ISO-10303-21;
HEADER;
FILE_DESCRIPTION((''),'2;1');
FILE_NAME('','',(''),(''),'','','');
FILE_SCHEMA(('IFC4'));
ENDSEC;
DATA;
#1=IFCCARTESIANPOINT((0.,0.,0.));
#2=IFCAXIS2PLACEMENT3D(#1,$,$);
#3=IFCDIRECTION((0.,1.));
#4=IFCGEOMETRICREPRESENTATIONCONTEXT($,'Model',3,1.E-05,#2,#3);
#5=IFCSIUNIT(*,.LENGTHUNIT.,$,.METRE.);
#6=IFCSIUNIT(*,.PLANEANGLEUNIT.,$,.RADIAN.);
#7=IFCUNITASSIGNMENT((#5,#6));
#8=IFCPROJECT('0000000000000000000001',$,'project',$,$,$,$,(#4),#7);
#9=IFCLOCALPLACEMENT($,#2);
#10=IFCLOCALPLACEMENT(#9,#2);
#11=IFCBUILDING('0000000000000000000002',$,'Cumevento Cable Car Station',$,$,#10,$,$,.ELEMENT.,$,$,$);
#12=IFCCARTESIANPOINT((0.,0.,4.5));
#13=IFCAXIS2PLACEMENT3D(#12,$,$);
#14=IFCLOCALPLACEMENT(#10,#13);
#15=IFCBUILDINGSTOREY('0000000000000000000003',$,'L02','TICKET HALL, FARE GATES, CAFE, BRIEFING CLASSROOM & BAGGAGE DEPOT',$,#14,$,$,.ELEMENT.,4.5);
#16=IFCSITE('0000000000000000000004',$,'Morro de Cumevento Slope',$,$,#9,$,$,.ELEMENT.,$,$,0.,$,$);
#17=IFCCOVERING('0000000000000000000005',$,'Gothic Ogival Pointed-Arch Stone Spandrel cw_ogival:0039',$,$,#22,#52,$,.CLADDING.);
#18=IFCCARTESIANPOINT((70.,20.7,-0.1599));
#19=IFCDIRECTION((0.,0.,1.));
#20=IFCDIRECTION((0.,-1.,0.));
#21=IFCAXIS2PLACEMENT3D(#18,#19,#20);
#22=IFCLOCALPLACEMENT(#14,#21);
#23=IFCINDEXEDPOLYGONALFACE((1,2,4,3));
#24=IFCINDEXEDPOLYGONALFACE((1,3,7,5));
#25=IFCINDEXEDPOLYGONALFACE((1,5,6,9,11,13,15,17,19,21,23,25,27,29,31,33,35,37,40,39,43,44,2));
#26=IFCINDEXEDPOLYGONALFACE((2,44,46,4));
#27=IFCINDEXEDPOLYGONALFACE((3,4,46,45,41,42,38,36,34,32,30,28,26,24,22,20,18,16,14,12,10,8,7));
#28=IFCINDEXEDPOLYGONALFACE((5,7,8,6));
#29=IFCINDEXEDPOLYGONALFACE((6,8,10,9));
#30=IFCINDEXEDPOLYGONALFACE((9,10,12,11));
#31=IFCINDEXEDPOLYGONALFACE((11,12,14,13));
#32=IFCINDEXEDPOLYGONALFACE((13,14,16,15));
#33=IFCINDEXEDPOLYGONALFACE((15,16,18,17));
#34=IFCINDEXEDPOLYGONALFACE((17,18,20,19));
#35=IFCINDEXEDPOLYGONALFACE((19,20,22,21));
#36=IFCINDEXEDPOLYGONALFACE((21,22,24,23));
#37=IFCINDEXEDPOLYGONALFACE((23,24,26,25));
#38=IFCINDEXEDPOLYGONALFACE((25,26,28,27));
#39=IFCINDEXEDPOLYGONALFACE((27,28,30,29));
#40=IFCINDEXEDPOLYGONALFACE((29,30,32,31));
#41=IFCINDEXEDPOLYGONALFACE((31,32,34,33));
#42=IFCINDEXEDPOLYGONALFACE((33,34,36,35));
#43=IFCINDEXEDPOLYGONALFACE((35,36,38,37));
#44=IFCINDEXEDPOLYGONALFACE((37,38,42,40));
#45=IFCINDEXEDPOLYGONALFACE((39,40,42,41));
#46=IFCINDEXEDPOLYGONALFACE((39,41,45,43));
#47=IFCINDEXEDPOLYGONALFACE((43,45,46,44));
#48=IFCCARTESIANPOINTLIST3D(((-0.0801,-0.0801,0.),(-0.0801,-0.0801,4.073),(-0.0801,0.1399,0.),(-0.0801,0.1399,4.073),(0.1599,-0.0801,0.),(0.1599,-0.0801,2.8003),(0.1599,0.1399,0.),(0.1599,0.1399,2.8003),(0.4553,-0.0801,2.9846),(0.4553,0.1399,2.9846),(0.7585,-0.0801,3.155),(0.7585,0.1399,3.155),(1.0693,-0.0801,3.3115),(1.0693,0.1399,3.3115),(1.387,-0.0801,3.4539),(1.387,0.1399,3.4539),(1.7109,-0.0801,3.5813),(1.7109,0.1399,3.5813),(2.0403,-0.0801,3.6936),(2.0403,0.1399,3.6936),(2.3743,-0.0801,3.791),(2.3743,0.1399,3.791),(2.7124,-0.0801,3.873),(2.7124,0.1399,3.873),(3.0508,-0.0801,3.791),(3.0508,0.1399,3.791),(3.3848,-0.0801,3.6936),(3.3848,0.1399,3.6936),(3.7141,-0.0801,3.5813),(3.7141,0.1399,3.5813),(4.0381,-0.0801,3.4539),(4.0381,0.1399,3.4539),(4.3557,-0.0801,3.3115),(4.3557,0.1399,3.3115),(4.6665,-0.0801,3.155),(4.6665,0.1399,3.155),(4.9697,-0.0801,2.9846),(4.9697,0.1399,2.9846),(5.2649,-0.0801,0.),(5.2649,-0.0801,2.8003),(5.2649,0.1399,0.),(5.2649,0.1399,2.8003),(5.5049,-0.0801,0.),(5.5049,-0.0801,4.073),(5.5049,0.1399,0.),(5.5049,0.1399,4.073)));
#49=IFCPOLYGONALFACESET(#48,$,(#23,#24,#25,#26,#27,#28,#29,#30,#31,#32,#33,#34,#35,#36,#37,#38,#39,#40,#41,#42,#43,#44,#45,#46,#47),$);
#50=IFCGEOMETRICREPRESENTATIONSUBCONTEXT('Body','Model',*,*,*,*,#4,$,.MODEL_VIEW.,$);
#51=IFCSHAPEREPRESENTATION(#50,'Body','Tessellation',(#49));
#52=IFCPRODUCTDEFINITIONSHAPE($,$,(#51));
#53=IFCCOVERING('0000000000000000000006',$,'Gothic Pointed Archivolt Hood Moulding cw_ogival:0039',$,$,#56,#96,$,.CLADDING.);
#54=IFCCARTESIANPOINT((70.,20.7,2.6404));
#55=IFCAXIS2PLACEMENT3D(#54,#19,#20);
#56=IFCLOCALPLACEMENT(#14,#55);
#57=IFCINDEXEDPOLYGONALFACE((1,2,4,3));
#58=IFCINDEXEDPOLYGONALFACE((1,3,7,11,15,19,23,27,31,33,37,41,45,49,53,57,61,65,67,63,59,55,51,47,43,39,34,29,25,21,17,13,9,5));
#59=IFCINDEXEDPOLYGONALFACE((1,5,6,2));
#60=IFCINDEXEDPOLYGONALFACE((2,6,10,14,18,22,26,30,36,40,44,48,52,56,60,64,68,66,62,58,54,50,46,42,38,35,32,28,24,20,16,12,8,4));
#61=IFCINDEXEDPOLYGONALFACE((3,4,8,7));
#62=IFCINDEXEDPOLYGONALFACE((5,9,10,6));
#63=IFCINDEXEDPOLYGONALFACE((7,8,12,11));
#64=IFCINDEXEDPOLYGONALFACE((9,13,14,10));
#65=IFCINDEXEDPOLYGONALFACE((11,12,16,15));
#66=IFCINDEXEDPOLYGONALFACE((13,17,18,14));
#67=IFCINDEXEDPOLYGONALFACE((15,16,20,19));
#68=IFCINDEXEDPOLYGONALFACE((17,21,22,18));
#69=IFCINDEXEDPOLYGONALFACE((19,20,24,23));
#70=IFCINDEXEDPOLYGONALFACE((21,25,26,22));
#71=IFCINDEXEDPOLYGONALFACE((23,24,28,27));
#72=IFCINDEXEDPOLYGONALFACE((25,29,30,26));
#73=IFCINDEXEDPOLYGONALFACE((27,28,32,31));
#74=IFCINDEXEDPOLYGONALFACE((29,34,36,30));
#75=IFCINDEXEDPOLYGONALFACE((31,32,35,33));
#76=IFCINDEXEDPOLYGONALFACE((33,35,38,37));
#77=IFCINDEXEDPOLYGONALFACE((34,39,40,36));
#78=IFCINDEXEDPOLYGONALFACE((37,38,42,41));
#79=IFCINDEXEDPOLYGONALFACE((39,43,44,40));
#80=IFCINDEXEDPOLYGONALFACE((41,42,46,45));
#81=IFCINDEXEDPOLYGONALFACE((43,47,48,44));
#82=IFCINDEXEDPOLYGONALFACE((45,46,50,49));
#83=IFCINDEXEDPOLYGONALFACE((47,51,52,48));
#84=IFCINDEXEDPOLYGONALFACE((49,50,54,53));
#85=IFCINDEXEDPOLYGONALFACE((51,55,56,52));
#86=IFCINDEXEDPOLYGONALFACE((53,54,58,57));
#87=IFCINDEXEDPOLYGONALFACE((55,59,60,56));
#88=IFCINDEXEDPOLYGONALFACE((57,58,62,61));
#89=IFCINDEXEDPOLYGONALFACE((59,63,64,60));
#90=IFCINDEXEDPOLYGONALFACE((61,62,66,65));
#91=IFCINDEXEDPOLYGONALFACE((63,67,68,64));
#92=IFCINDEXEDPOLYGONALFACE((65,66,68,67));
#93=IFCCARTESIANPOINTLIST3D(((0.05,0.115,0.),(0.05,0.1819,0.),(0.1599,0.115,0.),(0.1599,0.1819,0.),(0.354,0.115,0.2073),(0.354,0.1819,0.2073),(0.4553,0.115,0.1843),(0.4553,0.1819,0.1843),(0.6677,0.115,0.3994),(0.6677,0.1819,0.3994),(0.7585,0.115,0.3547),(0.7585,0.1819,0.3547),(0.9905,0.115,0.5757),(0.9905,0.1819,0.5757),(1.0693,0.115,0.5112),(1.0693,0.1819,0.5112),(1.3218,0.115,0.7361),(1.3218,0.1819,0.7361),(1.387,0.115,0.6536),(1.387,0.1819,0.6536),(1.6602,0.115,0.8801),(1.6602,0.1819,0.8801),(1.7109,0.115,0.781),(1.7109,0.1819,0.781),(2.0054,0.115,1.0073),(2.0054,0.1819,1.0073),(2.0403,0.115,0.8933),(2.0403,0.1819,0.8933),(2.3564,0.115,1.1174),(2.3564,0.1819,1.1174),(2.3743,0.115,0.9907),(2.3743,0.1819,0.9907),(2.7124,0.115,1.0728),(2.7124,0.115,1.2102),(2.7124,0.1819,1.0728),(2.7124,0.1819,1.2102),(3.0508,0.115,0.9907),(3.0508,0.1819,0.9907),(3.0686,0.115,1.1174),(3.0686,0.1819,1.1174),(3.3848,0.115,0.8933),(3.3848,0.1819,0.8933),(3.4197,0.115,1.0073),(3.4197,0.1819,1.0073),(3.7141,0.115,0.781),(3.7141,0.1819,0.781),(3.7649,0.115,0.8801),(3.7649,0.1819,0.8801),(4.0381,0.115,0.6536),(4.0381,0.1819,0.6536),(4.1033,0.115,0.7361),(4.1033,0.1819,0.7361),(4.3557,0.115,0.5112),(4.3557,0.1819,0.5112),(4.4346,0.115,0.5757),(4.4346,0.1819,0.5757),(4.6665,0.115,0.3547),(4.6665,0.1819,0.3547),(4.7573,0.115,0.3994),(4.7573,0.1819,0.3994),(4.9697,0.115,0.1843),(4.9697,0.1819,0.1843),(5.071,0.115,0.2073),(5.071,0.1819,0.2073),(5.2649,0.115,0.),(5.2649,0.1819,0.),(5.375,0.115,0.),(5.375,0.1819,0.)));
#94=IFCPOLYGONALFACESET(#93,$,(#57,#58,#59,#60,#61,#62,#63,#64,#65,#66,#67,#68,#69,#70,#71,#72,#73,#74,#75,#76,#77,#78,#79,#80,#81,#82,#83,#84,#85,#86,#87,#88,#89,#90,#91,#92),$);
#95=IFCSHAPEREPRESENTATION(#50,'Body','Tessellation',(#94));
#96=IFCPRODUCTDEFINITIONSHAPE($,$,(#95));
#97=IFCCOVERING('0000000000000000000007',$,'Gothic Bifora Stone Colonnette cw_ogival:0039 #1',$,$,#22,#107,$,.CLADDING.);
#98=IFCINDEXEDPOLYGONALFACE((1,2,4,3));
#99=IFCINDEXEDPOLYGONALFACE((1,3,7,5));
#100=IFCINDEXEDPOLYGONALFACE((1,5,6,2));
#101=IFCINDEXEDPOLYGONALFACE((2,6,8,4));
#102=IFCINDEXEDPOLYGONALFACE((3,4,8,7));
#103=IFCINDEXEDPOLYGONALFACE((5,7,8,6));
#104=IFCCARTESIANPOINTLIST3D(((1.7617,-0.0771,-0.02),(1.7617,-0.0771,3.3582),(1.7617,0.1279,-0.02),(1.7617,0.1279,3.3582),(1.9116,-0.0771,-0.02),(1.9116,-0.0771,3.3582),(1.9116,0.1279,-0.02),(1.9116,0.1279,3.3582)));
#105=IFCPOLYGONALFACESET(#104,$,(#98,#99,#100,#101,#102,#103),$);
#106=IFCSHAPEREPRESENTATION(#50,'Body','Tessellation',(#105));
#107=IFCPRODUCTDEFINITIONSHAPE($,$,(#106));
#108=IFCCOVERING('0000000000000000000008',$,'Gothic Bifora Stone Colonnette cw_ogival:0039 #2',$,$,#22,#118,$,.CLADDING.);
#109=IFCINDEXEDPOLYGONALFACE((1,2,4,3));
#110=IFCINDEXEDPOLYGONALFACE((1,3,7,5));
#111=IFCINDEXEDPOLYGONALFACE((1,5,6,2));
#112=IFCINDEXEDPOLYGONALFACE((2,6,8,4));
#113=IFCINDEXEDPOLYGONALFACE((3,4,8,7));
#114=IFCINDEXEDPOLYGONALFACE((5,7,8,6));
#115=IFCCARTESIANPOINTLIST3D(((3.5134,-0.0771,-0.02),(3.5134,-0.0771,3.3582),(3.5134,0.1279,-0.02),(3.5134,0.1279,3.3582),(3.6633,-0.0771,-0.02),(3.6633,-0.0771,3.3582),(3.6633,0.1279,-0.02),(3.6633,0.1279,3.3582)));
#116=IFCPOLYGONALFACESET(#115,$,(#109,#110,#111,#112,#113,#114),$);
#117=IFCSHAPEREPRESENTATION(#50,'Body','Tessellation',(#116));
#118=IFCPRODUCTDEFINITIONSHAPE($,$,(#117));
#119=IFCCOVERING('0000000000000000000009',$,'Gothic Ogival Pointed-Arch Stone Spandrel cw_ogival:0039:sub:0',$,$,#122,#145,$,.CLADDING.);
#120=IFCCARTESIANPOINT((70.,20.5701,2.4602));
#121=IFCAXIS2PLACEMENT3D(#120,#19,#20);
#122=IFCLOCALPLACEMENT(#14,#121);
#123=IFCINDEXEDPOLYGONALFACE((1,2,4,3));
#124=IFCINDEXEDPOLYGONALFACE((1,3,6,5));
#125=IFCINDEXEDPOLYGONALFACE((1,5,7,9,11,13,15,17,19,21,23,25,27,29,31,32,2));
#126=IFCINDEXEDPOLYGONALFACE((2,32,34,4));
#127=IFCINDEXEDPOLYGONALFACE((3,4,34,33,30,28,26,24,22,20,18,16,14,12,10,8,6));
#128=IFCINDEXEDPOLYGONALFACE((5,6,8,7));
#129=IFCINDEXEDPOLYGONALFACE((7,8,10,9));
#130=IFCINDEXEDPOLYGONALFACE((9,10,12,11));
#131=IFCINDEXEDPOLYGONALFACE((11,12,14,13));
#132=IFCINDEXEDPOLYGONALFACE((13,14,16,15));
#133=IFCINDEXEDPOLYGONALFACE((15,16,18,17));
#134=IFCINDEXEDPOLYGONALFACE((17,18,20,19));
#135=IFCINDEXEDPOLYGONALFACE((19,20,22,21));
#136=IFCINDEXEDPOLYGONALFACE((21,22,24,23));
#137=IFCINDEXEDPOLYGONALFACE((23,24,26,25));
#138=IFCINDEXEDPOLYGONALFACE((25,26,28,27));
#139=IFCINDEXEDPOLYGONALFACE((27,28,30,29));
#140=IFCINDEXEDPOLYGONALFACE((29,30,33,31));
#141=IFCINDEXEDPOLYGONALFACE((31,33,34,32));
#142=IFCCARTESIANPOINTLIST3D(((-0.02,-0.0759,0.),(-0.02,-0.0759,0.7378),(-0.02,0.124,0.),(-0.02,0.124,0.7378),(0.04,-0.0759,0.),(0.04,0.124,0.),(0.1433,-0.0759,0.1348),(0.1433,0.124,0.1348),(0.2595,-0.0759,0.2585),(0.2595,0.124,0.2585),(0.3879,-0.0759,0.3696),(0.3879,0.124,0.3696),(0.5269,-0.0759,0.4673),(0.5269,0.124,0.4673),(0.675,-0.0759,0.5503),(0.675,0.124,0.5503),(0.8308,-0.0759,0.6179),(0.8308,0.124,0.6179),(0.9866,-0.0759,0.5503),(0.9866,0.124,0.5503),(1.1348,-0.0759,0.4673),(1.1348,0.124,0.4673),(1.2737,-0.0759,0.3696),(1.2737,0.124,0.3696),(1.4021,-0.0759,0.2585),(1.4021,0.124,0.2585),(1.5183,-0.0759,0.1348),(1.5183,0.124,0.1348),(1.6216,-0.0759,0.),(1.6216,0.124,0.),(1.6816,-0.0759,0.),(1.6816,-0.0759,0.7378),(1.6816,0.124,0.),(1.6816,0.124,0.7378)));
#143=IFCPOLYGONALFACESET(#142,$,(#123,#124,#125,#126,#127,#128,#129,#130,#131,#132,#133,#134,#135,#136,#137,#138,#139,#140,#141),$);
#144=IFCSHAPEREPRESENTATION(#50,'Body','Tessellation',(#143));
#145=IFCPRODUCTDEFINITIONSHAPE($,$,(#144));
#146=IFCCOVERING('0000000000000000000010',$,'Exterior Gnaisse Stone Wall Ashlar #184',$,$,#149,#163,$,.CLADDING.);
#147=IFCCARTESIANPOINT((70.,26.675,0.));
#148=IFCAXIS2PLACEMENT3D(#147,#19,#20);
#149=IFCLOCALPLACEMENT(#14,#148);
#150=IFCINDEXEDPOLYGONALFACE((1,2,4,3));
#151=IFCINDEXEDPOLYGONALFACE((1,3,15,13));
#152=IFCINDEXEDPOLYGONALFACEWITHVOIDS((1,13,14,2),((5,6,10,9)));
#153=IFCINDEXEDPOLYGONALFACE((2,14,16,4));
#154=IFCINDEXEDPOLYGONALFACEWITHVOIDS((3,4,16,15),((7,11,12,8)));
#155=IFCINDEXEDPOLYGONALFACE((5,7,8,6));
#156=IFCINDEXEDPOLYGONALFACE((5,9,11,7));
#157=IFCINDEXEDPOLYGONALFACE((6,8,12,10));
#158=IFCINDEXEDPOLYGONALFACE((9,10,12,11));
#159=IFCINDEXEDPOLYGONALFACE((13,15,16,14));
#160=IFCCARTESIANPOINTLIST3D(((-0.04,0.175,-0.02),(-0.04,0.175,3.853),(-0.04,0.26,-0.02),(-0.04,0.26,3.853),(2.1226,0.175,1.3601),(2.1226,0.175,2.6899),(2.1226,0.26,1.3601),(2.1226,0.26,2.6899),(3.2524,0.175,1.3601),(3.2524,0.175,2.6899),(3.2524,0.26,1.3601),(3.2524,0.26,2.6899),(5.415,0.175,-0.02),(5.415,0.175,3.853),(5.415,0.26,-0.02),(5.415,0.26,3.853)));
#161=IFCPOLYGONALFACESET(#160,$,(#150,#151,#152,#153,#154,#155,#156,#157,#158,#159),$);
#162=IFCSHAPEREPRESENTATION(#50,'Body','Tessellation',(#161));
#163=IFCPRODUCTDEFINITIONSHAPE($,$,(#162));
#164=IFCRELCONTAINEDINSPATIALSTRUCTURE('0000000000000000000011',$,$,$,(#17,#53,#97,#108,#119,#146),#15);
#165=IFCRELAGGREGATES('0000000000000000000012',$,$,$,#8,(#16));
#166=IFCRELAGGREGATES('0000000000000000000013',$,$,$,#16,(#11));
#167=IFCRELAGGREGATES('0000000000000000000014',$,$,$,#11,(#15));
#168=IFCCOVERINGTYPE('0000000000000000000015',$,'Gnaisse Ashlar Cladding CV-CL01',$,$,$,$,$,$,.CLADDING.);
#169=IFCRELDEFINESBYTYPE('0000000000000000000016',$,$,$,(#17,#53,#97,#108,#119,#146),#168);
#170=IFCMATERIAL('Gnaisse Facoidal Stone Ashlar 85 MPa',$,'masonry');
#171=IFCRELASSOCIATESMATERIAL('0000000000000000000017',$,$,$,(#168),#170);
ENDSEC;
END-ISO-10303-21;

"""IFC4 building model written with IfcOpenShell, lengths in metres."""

from ifc_helpers import new_model, si_unit, direction, frame, origin, place, context, subcontext, project, spatial, polyline, outline, extrude, material, type_object, element, save


model = new_model("IFC4")

# Units and contexts
model_context = context("Model", 3, precision=1e-05, world=origin(), true_north=direction((0.0, 1.0)))
body_context = subcontext(model_context, "Body", "Model", "MODEL_VIEW")
ifc_project = project(units=[si_unit("LENGTHUNIT", "METRE"), si_unit("PLANEANGLEUNIT", "RADIAN")], contexts=[model_context])

# Site, building, storey
site_placement = place(None, origin())
site = spatial("IfcSite", under=ifc_project, at=site_placement, Name="Morro de Cumevento Slope", CompositionType="ELEMENT", RefElevation=0.0)
building_placement = place(site_placement, origin())
building = spatial("IfcBuilding", under=site, at=building_placement, Name="Cumevento Cable Car Station", CompositionType="ELEMENT")
storey_placement = place(building_placement, frame((0.0, 0.0, 4.5)))
storey = spatial("IfcBuildingStorey", under=building, at=storey_placement, Name="L02", Description="TICKET HALL, FARE GATES, CAFE, BRIEFING CLASSROOM & BAGGAGE DEPOT", CompositionType="ELEMENT", Elevation=4.5)

# Coverings
ifc_material_1 = material(Name="Gnaisse Facoidal Stone Ashlar 85 MPa", Category="masonry")
covering_type = type_object("IfcCoveringType", Name="Gnaisse Ashlar Cladding CV-CL01", PredefinedType="CLADDING", material=ifc_material_1)
placement = place(storey_placement, frame((70.0, 20.7, -0.1599), z_axis=(0.0, 0.0, 1.0), x_axis=(0.0, -1.0, 0.0)))
element("IfcCovering", 1, at=placement, inside=storey, type_object=covering_type, Name="Gothic Ogival Pointed-Arch Stone Spandrel cw_ogival:0039", PredefinedType="CLADDING", context=body_context, shape_type="SweptSolid", body=[
    extrude(outline(polyline([(-0.0801, 0.0), (-0.0801, 4.073), (5.5049, 4.073), (5.5049, 0.0), (5.2649, 0.0), (5.2649, 2.8003), (4.9697, 2.9846), (4.6665, 3.155), (4.3557, 3.3115), (4.0381, 3.4539), (3.7141, 3.5813), (3.3848, 3.6936), (3.0508, 3.791), (2.7124, 3.873), (2.3743, 3.791), (2.0403, 3.6936), (1.7109, 3.5813), (1.387, 3.4539), (1.0693, 3.3115), (0.7585, 3.155), (0.4553, 2.9846), (0.1599, 2.8003), (0.1599, 0.0), (-0.0801, 0.0)])), frame((0.0, 0.1399, 0.0), z_axis=(0.0, -1.0, 0.0), x_axis=(1.0, 0.0, 0.0)), (0.0, 0.0, 1.0), 0.22),
])
covering_1_placement = place(storey_placement, frame((70.0, 20.7, 2.6404), z_axis=(0.0, 0.0, 1.0), x_axis=(0.0, -1.0, 0.0)))
element("IfcCovering", 2, at=covering_1_placement, inside=storey, type_object=covering_type, Name="Gothic Pointed Archivolt Hood Moulding cw_ogival:0039", PredefinedType="CLADDING", context=body_context, shape_type="SweptSolid", body=[
    extrude(outline(polyline([(0.1599, 0.0), (0.4553, 0.1843), (0.7585, 0.3547), (1.0693, 0.5112), (1.387, 0.6536), (1.7109, 0.781), (2.0403, 0.8933), (2.3743, 0.9907), (2.7124, 1.0728), (3.0508, 0.9907), (3.3848, 0.8933), (3.7141, 0.781), (4.0381, 0.6536), (4.3557, 0.5112), (4.6665, 0.3547), (4.9697, 0.1843), (5.2649, 0.0), (5.375, 0.0), (5.071, 0.2073), (4.7573, 0.3994), (4.4346, 0.5757), (4.1033, 0.7361), (3.7649, 0.8801), (3.4197, 1.0073), (3.0686, 1.1174), (2.7124, 1.2102), (2.3564, 1.1174), (2.0054, 1.0073), (1.6602, 0.8801), (1.3218, 0.7361), (0.9905, 0.5757), (0.6677, 0.3994), (0.354, 0.2073), (0.05, 0.0), (0.1599, 0.0)])), frame((0.0, 0.1819, 0.0), z_axis=(0.0, -1.0, 0.0), x_axis=(1.0, 0.0, 0.0)), (0.0, 0.0, 1.0), 0.0669),
])
element("IfcCovering", 3, at=placement, inside=storey, type_object=covering_type, Name="Gothic Bifora Stone Colonnette cw_ogival:0039 #1", PredefinedType="CLADDING", context=body_context, shape_type="SweptSolid", body=[
    extrude(outline(polyline([(1.7617, -0.02), (1.9116, -0.02), (1.9116, 3.3582), (1.7617, 3.3582), (1.7617, -0.02)])), frame((0.0, 0.1279, 0.0), z_axis=(0.0, -1.0, 0.0), x_axis=(1.0, 0.0, 0.0)), (0.0, 0.0, 1.0), 0.2051),
])
element("IfcCovering", 4, at=placement, inside=storey, type_object=covering_type, Name="Gothic Bifora Stone Colonnette cw_ogival:0039 #2", PredefinedType="CLADDING", context=body_context, shape_type="SweptSolid", body=[
    extrude(outline(polyline([(3.5134, -0.02), (3.6633, -0.02), (3.6633, 3.3582), (3.5134, 3.3582), (3.5134, -0.02)])), frame((0.0, 0.1279, 0.0), z_axis=(0.0, -1.0, 0.0), x_axis=(1.0, 0.0, 0.0)), (0.0, 0.0, 1.0), 0.2051),
])
covering_2_placement = place(storey_placement, frame((70.0, 20.5701, 2.4602), z_axis=(0.0, 0.0, 1.0), x_axis=(0.0, -1.0, 0.0)))
element("IfcCovering", 5, at=covering_2_placement, inside=storey, type_object=covering_type, Name="Gothic Ogival Pointed-Arch Stone Spandrel cw_ogival:0039:sub:0", PredefinedType="CLADDING", context=body_context, shape_type="SweptSolid", body=[
    extrude(outline(polyline([(-0.02, 0.0), (-0.02, 0.7378), (1.6816, 0.7378), (1.6816, 0.0), (1.6216, 0.0), (1.5183, 0.1348), (1.4021, 0.2585), (1.2737, 0.3696), (1.1348, 0.4673), (0.9866, 0.5503), (0.8308, 0.6179), (0.675, 0.5503), (0.5269, 0.4673), (0.3879, 0.3696), (0.2595, 0.2585), (0.1433, 0.1348), (0.04, 0.0), (-0.02, 0.0)])), frame((0.0, 0.124, 0.0), z_axis=(0.0, -1.0, 0.0), x_axis=(1.0, 0.0, 0.0)), (0.0, 0.0, 1.0), 0.2),
])
covering_3_placement = place(storey_placement, frame((70.0, 26.675, 0.0), z_axis=(0.0, 0.0, 1.0), x_axis=(0.0, -1.0, 0.0)))
element("IfcCovering", 6, at=covering_3_placement, inside=storey, type_object=covering_type, Name="Exterior Gnaisse Stone Wall Ashlar #184", PredefinedType="CLADDING", context=body_context, shape_type="SweptSolid", body=[
    extrude(outline(polyline([(-0.04, -0.02), (5.415, -0.02), (5.415, 3.853), (-0.04, 3.853), (-0.04, -0.02)]), holes=[polyline([(2.1226, 1.3601), (3.2524, 1.3601), (3.2524, 2.6899), (2.1226, 2.6899), (2.1226, 1.3601)])]), frame((0.0, 0.26, 0.0), z_axis=(0.0, -1.0, 0.0), x_axis=(1.0, 0.0, 0.0)), (0.0, 0.0, 1.0), 0.085),
])

save(model, "model.ifc")
